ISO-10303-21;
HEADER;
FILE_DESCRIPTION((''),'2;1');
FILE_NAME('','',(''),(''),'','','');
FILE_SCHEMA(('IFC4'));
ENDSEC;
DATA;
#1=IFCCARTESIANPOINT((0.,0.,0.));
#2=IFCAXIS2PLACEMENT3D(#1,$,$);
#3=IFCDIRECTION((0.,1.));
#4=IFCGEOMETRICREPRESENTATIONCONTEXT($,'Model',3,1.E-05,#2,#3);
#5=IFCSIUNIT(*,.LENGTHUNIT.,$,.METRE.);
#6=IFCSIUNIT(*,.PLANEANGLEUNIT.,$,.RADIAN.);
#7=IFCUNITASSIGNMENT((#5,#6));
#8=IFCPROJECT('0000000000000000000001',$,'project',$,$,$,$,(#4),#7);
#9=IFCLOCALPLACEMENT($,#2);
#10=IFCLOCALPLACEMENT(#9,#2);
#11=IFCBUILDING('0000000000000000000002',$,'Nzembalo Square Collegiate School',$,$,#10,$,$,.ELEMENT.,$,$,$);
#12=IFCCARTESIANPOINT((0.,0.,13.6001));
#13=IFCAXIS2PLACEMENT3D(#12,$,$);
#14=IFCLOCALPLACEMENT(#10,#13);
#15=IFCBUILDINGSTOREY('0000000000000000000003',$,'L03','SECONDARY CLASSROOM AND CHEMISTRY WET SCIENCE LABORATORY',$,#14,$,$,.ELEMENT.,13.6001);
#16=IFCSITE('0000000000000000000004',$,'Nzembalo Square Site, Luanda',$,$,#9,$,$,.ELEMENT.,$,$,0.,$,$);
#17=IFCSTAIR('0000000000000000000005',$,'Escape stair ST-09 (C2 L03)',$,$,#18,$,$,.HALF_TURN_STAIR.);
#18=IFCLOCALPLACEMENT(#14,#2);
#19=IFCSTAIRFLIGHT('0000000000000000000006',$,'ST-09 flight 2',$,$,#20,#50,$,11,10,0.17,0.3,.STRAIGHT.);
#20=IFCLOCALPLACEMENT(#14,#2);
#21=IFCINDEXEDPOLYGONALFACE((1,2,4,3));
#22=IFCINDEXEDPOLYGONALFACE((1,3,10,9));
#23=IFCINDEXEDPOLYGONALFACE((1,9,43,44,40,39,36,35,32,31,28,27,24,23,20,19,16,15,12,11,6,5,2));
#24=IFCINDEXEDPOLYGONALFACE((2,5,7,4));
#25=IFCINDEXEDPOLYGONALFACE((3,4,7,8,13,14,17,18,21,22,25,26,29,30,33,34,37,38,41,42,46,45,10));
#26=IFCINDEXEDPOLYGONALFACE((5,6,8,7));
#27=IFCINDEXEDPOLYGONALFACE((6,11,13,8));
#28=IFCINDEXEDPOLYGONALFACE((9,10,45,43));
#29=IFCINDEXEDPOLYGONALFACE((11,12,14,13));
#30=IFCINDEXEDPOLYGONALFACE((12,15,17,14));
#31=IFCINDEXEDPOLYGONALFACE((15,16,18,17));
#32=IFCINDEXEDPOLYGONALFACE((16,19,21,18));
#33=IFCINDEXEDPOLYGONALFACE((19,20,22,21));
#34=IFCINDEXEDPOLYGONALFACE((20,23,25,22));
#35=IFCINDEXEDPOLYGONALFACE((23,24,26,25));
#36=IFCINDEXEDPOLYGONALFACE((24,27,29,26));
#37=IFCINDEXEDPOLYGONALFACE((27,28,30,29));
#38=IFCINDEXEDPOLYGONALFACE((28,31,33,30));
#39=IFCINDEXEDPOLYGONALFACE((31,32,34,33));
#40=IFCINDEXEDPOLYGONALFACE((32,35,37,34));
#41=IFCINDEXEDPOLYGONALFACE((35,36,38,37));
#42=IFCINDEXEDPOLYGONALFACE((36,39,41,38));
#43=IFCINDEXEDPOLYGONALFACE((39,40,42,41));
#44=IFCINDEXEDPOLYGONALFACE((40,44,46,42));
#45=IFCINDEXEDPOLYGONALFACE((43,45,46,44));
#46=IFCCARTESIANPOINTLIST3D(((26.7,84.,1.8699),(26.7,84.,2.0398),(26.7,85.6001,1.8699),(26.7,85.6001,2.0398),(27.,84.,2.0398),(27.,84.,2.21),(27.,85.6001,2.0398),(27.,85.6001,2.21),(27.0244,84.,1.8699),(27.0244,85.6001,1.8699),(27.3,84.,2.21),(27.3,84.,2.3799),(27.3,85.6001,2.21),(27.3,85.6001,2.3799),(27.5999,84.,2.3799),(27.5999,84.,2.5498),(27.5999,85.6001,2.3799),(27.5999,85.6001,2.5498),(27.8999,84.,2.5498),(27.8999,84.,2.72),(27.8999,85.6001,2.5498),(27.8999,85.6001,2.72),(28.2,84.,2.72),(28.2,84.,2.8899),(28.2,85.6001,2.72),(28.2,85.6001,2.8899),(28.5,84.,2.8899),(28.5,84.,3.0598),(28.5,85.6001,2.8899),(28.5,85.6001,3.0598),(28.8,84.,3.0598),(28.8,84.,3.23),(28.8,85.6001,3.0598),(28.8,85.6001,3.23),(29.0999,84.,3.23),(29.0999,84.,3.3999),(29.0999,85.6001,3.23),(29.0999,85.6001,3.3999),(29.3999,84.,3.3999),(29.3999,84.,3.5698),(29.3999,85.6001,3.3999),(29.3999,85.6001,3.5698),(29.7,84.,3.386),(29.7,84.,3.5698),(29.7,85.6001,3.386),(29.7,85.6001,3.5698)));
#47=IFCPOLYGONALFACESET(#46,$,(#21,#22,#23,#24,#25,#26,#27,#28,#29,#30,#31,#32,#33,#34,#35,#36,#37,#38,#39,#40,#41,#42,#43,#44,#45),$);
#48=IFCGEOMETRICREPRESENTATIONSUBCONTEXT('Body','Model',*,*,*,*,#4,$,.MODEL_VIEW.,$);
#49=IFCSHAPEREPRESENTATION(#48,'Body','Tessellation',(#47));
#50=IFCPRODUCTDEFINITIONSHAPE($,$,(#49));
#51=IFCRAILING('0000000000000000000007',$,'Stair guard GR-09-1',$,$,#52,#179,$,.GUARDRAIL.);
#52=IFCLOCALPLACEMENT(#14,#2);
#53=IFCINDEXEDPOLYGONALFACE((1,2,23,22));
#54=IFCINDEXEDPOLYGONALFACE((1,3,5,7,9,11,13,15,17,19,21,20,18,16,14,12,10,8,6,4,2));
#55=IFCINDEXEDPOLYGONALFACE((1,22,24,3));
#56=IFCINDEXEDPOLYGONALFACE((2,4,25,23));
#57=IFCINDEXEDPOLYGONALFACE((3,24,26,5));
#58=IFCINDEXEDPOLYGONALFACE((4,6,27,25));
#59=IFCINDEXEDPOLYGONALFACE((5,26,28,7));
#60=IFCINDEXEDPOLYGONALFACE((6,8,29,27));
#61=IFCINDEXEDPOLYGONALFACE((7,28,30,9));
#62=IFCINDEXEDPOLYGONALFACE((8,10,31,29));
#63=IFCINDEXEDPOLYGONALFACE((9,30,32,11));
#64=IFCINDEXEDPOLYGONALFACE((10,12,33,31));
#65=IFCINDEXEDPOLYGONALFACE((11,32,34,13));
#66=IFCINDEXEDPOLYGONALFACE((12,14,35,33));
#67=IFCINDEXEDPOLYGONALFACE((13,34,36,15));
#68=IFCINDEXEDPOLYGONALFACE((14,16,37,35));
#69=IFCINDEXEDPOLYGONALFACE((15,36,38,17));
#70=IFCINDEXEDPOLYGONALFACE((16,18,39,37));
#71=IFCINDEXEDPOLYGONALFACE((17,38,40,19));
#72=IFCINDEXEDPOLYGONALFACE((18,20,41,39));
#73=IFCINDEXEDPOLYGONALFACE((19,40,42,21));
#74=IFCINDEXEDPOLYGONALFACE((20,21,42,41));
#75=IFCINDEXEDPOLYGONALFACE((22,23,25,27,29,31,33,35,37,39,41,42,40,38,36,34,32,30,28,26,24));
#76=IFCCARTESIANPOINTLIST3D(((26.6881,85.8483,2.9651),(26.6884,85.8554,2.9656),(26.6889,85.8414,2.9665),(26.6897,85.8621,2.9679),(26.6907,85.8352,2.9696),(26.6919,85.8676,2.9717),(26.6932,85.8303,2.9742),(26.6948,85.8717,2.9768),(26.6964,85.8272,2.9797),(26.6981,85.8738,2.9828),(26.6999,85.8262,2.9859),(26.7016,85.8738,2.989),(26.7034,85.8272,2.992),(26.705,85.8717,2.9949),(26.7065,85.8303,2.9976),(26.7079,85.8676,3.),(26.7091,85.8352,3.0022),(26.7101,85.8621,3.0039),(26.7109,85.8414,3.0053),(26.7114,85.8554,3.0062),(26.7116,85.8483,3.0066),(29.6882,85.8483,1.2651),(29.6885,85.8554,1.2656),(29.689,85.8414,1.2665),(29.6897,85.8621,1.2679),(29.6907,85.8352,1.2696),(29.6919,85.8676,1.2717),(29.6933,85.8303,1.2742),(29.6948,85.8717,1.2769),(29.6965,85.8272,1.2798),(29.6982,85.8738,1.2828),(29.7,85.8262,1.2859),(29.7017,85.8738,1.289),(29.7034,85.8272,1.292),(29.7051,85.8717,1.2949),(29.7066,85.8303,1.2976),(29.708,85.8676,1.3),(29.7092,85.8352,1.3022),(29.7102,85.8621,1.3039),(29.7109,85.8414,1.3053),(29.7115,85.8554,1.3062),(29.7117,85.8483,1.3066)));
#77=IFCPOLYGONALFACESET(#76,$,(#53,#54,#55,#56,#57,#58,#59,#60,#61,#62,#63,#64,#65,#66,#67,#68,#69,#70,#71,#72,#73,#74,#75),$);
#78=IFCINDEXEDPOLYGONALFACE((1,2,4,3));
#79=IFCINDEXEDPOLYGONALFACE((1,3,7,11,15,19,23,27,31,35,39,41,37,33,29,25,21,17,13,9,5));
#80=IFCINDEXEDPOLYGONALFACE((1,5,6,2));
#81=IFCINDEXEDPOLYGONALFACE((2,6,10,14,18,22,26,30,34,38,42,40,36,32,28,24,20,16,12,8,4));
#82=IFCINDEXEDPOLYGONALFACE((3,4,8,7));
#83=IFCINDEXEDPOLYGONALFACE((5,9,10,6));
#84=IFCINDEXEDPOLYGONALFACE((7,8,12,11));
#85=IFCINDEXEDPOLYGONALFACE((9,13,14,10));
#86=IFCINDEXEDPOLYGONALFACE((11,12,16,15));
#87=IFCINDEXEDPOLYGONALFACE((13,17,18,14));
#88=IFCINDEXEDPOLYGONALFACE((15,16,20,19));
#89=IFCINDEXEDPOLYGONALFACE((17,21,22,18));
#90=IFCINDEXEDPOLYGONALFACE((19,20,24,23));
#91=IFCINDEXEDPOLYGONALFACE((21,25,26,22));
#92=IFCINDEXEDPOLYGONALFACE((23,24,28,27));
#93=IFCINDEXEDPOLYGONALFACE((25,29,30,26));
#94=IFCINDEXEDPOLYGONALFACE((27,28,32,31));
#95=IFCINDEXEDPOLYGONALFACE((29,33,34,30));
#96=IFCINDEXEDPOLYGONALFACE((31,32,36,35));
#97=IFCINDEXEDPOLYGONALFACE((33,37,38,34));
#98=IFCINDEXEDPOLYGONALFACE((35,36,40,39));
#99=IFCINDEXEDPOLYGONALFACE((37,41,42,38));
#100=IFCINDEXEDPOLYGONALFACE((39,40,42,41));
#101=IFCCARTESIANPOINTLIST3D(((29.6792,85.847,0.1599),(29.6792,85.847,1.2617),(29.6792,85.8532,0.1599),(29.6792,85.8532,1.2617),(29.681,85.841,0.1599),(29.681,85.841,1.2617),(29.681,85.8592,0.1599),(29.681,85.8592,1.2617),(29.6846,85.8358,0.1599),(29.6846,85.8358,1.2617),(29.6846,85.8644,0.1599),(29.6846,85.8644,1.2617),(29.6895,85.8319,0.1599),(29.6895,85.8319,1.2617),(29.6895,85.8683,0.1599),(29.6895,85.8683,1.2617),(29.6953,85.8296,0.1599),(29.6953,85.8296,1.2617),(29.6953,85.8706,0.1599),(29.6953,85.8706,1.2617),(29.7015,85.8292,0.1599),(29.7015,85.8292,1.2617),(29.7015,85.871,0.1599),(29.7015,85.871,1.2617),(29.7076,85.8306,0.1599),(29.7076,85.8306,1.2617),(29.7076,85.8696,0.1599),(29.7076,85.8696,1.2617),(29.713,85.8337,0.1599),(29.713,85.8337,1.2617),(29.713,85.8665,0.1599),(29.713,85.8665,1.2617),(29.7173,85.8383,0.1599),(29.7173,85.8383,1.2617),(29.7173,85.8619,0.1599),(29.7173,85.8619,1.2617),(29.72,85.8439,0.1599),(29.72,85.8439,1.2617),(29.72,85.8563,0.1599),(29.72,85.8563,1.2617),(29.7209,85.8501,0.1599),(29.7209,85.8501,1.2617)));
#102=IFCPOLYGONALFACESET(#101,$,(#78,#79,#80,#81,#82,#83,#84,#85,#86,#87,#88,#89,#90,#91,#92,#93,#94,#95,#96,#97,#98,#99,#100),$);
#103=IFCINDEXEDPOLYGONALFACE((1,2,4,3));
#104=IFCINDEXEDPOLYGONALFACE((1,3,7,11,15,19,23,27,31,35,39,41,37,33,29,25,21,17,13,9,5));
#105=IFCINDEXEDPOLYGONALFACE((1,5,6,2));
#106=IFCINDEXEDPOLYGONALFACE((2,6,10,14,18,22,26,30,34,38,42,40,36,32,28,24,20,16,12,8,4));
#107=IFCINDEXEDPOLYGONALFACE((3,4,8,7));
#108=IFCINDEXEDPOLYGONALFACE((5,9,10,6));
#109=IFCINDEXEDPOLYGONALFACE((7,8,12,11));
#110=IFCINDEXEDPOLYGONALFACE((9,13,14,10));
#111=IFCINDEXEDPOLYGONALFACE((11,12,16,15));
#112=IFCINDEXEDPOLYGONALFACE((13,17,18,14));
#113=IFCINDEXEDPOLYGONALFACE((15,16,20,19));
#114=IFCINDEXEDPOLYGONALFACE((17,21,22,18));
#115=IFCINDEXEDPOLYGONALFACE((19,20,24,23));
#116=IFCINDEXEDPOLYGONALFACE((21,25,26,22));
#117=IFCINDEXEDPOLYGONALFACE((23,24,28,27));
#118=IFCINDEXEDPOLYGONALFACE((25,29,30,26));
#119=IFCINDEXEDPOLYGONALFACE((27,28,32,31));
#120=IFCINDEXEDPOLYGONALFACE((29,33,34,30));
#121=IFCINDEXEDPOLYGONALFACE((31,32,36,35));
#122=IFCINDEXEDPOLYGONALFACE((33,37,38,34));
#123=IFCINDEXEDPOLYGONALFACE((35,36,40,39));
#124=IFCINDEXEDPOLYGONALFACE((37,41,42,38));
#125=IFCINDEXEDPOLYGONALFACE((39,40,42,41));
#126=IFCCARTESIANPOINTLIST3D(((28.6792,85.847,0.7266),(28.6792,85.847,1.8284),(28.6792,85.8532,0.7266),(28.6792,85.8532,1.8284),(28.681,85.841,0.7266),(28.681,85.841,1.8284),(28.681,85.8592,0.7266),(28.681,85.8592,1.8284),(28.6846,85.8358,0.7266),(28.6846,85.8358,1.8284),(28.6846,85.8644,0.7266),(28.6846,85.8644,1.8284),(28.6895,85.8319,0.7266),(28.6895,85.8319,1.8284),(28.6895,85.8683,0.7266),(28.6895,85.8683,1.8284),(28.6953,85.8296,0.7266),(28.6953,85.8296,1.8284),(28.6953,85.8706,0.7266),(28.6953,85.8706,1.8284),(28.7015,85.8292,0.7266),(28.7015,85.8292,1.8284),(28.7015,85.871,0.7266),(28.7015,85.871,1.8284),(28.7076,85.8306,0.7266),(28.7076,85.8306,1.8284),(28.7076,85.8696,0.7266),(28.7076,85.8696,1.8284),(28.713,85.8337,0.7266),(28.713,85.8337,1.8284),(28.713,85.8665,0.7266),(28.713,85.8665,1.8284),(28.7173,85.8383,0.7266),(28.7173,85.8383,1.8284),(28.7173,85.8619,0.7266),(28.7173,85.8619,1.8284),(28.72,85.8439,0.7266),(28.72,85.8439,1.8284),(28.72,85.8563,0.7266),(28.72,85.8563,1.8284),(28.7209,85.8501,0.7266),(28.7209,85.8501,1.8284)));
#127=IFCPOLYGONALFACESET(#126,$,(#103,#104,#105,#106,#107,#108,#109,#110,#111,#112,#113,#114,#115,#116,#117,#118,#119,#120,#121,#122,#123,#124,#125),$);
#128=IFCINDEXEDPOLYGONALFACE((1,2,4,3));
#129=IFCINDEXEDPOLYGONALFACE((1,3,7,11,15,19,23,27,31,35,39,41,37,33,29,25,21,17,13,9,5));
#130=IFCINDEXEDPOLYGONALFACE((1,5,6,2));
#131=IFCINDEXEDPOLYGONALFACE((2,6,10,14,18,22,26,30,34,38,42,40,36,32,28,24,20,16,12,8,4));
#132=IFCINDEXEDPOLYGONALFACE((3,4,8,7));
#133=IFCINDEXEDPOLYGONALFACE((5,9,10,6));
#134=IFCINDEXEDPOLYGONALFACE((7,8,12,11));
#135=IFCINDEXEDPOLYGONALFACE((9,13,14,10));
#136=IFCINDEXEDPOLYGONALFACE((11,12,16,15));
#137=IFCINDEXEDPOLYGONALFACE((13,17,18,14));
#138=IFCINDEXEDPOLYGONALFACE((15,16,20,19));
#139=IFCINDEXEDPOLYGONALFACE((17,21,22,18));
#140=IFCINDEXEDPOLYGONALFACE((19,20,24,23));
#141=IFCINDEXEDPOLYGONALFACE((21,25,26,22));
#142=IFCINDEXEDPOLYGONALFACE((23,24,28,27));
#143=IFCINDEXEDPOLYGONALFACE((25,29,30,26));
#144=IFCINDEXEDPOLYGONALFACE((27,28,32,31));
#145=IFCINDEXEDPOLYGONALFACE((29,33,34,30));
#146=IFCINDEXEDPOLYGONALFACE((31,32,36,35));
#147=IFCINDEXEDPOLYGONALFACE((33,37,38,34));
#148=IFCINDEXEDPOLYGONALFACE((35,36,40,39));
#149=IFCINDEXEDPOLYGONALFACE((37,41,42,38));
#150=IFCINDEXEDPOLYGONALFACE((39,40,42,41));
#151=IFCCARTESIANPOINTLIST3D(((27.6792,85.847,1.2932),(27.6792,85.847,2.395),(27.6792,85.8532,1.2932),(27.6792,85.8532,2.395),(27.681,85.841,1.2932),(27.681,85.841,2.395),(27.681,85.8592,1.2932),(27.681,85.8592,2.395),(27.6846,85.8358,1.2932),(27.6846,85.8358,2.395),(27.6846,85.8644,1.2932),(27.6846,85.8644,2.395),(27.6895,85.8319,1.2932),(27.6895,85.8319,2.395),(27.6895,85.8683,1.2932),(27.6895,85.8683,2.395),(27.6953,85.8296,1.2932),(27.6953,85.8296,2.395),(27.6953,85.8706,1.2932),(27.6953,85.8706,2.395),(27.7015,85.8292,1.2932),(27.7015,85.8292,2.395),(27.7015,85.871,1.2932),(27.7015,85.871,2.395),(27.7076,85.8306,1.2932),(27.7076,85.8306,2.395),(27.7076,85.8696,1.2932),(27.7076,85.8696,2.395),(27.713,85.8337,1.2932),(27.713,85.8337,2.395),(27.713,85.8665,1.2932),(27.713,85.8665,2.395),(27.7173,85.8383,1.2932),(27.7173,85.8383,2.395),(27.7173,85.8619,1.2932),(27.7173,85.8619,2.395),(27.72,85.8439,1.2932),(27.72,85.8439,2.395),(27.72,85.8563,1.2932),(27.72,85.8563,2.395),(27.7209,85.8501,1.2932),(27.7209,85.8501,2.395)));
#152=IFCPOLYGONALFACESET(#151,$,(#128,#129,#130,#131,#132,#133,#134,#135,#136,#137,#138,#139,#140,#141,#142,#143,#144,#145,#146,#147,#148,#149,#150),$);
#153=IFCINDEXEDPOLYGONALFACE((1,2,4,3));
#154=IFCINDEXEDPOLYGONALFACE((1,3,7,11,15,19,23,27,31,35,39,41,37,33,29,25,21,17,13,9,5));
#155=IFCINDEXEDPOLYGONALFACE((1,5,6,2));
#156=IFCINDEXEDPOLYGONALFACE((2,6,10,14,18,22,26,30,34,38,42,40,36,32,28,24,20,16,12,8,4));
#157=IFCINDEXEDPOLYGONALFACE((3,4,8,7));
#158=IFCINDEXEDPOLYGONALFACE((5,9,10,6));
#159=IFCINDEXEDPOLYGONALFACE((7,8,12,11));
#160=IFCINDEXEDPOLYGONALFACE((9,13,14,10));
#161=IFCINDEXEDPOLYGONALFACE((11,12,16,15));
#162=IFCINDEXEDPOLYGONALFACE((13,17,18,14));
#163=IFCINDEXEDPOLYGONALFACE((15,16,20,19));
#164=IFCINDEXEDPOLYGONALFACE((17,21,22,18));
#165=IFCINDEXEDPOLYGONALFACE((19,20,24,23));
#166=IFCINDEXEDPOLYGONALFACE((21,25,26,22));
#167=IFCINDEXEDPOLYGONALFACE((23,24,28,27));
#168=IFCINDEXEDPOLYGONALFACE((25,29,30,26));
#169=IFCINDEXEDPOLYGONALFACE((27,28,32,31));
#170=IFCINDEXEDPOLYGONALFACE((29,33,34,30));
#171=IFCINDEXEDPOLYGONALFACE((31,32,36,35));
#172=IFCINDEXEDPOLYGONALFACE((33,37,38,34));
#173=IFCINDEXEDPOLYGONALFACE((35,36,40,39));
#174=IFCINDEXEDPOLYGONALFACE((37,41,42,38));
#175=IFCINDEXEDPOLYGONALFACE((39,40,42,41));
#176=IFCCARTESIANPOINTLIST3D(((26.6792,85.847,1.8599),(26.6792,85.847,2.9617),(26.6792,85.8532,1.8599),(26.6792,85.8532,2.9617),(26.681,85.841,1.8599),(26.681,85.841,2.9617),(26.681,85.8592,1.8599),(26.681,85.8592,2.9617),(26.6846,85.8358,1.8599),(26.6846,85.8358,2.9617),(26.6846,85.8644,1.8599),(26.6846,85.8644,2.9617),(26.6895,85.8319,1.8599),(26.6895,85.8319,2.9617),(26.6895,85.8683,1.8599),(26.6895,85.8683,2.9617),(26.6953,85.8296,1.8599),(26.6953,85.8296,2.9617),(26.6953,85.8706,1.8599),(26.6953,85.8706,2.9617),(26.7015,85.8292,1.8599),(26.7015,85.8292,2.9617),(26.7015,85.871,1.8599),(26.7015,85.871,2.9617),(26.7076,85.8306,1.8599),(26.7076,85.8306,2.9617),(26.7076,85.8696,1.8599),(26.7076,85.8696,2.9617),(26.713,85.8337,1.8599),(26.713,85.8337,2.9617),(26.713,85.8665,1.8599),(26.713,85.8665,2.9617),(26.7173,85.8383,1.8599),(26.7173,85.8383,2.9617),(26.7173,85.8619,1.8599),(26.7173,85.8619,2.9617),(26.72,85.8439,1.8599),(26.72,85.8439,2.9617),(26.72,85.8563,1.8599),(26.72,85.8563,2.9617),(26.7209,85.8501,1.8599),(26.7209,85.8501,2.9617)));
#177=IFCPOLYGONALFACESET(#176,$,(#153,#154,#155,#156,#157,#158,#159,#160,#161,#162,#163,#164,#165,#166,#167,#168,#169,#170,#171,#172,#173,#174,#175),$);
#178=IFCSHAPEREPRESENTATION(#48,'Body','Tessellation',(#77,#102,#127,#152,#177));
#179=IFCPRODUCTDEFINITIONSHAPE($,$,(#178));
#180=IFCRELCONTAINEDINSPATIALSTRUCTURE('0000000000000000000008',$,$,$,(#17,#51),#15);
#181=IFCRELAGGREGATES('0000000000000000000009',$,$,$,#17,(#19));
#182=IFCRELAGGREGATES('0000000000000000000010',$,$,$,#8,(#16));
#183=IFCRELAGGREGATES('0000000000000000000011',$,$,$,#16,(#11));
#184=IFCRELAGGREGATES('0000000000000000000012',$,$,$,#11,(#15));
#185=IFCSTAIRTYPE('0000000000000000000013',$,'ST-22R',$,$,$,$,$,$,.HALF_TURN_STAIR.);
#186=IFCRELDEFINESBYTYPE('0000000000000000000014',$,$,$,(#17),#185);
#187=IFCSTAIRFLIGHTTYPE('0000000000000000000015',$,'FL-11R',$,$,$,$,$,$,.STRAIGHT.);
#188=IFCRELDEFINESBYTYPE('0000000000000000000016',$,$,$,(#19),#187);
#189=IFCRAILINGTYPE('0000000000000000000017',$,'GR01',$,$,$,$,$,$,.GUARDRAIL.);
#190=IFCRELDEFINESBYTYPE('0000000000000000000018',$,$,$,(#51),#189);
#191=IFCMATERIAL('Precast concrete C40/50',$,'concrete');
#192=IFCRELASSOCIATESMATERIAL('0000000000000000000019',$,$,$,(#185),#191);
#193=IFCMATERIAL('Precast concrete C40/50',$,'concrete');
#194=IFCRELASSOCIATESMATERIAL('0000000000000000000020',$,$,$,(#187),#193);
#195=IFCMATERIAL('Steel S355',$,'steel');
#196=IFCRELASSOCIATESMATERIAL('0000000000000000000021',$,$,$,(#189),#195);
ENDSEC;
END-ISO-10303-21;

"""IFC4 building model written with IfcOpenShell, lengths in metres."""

from ifc_helpers import new_model, si_unit, direction, frame, origin, origin_2d, place, context, subcontext, project, spatial, polyline, circle, outline, extrude, material, type_object, element, aggregate, save


model = new_model("IFC4")

# Units and contexts
model_context = context("Model", 3, precision=1e-05, world=origin(), true_north=direction((0.0, 1.0)))
body_context = subcontext(model_context, "Body", "Model", "MODEL_VIEW")
ifc_project = project(units=[si_unit("LENGTHUNIT", "METRE"), si_unit("PLANEANGLEUNIT", "RADIAN")], contexts=[model_context])

# Site, building, storey
site_placement = place(None, origin())
site = spatial("IfcSite", under=ifc_project, at=site_placement, Name="Nzembalo Square Site, Luanda", CompositionType="ELEMENT", RefElevation=0.0)
building_placement = place(site_placement, origin())
building = spatial("IfcBuilding", under=site, at=building_placement, Name="Nzembalo Square Collegiate School", CompositionType="ELEMENT")
storey_placement = place(building_placement, frame((0.0, 0.0, 13.6001)))
storey = spatial("IfcBuildingStorey", under=building, at=storey_placement, Name="L03", Description="SECONDARY CLASSROOM AND CHEMISTRY WET SCIENCE LABORATORY", CompositionType="ELEMENT", Elevation=13.6001)

# Stair, stair flight
ifc_material_1 = material(Name="Precast concrete C40/50", Category="concrete")
stair_type = type_object("IfcStairType", Name="ST-22R", PredefinedType="HALF_TURN_STAIR", material=ifc_material_1)
stair_placement = place(storey_placement, origin())
stair = element("IfcStair", 1, at=stair_placement, inside=storey, type_object=stair_type, Name="Escape stair ST-09 (C2 L03)", PredefinedType="HALF_TURN_STAIR")
ifc_material_2 = material(Name="Precast concrete C40/50", Category="concrete")
stair_flight_type = type_object("IfcStairFlightType", Name="FL-11R", PredefinedType="STRAIGHT", material=ifc_material_2)
stair_flight_1_placement = place(storey_placement, frame((26.7, 84.8, 1.8699), z_axis=(0.0, 0.0, 1.0), x_axis=(1.0, 0.0, 0.0)))
stair_flight_1 = element("IfcStairFlight", 2, at=stair_flight_1_placement, type_object=stair_flight_type, Name="ST-09 flight 2", NumberOfRisers=11, NumberOfTreads=10, PredefinedType="STRAIGHT", RiserHeight=0.17, TreadLength=0.3, context=body_context, shape_type="SweptSolid", body=[
    extrude(outline(polyline([(0.0, 0.0), (0.0, 0.1699), (0.3, 0.1699), (0.3, 0.3401), (0.6001, 0.3401), (0.6001, 0.51), (0.8999, 0.51), (0.8999, 0.6799), (1.2, 0.6799), (1.2, 0.8501), (1.5, 0.8501), (1.5, 1.02), (1.8, 1.02), (1.8, 1.1899), (2.1001, 1.1899), (2.1001, 1.3601), (2.3999, 1.3601), (2.3999, 1.53), (2.7, 1.53), (2.7, 1.7), (3.0, 1.7), (3.0, 1.8701), (3.0, 1.5161), (0.3245, 0.0), (0.0, 0.0)])), frame((0.0, 0.8, 0.0), z_axis=(0.0, -1.0, 0.0), x_axis=(1.0, 0.0, 0.0)), (0.0, 0.0, 1.0), 1.6001),
])
aggregate(stair, [stair_flight_1])

# Railing
ifc_material_3 = material(Name="Steel S355", Category="steel")
railing_type_1 = type_object("IfcRailingType", Name="GR01", PredefinedType="GUARDRAIL", material=ifc_material_3)
railing_1_placement = place(storey_placement, frame((29.7, 85.8501, 0.1599)))
element("IfcRailing", 3, at=railing_1_placement, inside=storey, type_object=railing_type_1, Name="Stair guard GR-09-1", PredefinedType="GUARDRAIL", context=body_context, shape_type="SweptSolid", body=[
    extrude(circle(Radius=0.0239, at=origin_2d()), frame((0.0, 0.0, 1.126), z_axis=(-0.870028, 0.0, 0.493002), x_axis=(0.0, -1.0, 0.0)), (0.0, 0.0, 1.0), 3.4482),
    extrude(circle(Radius=0.021, at=origin_2d()), origin(), (0.0, 0.0, 1.0), 1.1018),
    extrude(circle(Radius=0.021, at=origin_2d()), frame((-1.0, 0.0, 0.5667)), (0.0, 0.0, 1.0), 1.1018),
    extrude(circle(Radius=0.021, at=origin_2d()), frame((-2.0, 0.0, 1.1333)), (0.0, 0.0, 1.0), 1.1018),
    extrude(circle(Radius=0.021, at=origin_2d()), frame((-3.0, 0.0, 1.7)), (0.0, 0.0, 1.0), 1.1018),
])

save(model, "model.ifc")
